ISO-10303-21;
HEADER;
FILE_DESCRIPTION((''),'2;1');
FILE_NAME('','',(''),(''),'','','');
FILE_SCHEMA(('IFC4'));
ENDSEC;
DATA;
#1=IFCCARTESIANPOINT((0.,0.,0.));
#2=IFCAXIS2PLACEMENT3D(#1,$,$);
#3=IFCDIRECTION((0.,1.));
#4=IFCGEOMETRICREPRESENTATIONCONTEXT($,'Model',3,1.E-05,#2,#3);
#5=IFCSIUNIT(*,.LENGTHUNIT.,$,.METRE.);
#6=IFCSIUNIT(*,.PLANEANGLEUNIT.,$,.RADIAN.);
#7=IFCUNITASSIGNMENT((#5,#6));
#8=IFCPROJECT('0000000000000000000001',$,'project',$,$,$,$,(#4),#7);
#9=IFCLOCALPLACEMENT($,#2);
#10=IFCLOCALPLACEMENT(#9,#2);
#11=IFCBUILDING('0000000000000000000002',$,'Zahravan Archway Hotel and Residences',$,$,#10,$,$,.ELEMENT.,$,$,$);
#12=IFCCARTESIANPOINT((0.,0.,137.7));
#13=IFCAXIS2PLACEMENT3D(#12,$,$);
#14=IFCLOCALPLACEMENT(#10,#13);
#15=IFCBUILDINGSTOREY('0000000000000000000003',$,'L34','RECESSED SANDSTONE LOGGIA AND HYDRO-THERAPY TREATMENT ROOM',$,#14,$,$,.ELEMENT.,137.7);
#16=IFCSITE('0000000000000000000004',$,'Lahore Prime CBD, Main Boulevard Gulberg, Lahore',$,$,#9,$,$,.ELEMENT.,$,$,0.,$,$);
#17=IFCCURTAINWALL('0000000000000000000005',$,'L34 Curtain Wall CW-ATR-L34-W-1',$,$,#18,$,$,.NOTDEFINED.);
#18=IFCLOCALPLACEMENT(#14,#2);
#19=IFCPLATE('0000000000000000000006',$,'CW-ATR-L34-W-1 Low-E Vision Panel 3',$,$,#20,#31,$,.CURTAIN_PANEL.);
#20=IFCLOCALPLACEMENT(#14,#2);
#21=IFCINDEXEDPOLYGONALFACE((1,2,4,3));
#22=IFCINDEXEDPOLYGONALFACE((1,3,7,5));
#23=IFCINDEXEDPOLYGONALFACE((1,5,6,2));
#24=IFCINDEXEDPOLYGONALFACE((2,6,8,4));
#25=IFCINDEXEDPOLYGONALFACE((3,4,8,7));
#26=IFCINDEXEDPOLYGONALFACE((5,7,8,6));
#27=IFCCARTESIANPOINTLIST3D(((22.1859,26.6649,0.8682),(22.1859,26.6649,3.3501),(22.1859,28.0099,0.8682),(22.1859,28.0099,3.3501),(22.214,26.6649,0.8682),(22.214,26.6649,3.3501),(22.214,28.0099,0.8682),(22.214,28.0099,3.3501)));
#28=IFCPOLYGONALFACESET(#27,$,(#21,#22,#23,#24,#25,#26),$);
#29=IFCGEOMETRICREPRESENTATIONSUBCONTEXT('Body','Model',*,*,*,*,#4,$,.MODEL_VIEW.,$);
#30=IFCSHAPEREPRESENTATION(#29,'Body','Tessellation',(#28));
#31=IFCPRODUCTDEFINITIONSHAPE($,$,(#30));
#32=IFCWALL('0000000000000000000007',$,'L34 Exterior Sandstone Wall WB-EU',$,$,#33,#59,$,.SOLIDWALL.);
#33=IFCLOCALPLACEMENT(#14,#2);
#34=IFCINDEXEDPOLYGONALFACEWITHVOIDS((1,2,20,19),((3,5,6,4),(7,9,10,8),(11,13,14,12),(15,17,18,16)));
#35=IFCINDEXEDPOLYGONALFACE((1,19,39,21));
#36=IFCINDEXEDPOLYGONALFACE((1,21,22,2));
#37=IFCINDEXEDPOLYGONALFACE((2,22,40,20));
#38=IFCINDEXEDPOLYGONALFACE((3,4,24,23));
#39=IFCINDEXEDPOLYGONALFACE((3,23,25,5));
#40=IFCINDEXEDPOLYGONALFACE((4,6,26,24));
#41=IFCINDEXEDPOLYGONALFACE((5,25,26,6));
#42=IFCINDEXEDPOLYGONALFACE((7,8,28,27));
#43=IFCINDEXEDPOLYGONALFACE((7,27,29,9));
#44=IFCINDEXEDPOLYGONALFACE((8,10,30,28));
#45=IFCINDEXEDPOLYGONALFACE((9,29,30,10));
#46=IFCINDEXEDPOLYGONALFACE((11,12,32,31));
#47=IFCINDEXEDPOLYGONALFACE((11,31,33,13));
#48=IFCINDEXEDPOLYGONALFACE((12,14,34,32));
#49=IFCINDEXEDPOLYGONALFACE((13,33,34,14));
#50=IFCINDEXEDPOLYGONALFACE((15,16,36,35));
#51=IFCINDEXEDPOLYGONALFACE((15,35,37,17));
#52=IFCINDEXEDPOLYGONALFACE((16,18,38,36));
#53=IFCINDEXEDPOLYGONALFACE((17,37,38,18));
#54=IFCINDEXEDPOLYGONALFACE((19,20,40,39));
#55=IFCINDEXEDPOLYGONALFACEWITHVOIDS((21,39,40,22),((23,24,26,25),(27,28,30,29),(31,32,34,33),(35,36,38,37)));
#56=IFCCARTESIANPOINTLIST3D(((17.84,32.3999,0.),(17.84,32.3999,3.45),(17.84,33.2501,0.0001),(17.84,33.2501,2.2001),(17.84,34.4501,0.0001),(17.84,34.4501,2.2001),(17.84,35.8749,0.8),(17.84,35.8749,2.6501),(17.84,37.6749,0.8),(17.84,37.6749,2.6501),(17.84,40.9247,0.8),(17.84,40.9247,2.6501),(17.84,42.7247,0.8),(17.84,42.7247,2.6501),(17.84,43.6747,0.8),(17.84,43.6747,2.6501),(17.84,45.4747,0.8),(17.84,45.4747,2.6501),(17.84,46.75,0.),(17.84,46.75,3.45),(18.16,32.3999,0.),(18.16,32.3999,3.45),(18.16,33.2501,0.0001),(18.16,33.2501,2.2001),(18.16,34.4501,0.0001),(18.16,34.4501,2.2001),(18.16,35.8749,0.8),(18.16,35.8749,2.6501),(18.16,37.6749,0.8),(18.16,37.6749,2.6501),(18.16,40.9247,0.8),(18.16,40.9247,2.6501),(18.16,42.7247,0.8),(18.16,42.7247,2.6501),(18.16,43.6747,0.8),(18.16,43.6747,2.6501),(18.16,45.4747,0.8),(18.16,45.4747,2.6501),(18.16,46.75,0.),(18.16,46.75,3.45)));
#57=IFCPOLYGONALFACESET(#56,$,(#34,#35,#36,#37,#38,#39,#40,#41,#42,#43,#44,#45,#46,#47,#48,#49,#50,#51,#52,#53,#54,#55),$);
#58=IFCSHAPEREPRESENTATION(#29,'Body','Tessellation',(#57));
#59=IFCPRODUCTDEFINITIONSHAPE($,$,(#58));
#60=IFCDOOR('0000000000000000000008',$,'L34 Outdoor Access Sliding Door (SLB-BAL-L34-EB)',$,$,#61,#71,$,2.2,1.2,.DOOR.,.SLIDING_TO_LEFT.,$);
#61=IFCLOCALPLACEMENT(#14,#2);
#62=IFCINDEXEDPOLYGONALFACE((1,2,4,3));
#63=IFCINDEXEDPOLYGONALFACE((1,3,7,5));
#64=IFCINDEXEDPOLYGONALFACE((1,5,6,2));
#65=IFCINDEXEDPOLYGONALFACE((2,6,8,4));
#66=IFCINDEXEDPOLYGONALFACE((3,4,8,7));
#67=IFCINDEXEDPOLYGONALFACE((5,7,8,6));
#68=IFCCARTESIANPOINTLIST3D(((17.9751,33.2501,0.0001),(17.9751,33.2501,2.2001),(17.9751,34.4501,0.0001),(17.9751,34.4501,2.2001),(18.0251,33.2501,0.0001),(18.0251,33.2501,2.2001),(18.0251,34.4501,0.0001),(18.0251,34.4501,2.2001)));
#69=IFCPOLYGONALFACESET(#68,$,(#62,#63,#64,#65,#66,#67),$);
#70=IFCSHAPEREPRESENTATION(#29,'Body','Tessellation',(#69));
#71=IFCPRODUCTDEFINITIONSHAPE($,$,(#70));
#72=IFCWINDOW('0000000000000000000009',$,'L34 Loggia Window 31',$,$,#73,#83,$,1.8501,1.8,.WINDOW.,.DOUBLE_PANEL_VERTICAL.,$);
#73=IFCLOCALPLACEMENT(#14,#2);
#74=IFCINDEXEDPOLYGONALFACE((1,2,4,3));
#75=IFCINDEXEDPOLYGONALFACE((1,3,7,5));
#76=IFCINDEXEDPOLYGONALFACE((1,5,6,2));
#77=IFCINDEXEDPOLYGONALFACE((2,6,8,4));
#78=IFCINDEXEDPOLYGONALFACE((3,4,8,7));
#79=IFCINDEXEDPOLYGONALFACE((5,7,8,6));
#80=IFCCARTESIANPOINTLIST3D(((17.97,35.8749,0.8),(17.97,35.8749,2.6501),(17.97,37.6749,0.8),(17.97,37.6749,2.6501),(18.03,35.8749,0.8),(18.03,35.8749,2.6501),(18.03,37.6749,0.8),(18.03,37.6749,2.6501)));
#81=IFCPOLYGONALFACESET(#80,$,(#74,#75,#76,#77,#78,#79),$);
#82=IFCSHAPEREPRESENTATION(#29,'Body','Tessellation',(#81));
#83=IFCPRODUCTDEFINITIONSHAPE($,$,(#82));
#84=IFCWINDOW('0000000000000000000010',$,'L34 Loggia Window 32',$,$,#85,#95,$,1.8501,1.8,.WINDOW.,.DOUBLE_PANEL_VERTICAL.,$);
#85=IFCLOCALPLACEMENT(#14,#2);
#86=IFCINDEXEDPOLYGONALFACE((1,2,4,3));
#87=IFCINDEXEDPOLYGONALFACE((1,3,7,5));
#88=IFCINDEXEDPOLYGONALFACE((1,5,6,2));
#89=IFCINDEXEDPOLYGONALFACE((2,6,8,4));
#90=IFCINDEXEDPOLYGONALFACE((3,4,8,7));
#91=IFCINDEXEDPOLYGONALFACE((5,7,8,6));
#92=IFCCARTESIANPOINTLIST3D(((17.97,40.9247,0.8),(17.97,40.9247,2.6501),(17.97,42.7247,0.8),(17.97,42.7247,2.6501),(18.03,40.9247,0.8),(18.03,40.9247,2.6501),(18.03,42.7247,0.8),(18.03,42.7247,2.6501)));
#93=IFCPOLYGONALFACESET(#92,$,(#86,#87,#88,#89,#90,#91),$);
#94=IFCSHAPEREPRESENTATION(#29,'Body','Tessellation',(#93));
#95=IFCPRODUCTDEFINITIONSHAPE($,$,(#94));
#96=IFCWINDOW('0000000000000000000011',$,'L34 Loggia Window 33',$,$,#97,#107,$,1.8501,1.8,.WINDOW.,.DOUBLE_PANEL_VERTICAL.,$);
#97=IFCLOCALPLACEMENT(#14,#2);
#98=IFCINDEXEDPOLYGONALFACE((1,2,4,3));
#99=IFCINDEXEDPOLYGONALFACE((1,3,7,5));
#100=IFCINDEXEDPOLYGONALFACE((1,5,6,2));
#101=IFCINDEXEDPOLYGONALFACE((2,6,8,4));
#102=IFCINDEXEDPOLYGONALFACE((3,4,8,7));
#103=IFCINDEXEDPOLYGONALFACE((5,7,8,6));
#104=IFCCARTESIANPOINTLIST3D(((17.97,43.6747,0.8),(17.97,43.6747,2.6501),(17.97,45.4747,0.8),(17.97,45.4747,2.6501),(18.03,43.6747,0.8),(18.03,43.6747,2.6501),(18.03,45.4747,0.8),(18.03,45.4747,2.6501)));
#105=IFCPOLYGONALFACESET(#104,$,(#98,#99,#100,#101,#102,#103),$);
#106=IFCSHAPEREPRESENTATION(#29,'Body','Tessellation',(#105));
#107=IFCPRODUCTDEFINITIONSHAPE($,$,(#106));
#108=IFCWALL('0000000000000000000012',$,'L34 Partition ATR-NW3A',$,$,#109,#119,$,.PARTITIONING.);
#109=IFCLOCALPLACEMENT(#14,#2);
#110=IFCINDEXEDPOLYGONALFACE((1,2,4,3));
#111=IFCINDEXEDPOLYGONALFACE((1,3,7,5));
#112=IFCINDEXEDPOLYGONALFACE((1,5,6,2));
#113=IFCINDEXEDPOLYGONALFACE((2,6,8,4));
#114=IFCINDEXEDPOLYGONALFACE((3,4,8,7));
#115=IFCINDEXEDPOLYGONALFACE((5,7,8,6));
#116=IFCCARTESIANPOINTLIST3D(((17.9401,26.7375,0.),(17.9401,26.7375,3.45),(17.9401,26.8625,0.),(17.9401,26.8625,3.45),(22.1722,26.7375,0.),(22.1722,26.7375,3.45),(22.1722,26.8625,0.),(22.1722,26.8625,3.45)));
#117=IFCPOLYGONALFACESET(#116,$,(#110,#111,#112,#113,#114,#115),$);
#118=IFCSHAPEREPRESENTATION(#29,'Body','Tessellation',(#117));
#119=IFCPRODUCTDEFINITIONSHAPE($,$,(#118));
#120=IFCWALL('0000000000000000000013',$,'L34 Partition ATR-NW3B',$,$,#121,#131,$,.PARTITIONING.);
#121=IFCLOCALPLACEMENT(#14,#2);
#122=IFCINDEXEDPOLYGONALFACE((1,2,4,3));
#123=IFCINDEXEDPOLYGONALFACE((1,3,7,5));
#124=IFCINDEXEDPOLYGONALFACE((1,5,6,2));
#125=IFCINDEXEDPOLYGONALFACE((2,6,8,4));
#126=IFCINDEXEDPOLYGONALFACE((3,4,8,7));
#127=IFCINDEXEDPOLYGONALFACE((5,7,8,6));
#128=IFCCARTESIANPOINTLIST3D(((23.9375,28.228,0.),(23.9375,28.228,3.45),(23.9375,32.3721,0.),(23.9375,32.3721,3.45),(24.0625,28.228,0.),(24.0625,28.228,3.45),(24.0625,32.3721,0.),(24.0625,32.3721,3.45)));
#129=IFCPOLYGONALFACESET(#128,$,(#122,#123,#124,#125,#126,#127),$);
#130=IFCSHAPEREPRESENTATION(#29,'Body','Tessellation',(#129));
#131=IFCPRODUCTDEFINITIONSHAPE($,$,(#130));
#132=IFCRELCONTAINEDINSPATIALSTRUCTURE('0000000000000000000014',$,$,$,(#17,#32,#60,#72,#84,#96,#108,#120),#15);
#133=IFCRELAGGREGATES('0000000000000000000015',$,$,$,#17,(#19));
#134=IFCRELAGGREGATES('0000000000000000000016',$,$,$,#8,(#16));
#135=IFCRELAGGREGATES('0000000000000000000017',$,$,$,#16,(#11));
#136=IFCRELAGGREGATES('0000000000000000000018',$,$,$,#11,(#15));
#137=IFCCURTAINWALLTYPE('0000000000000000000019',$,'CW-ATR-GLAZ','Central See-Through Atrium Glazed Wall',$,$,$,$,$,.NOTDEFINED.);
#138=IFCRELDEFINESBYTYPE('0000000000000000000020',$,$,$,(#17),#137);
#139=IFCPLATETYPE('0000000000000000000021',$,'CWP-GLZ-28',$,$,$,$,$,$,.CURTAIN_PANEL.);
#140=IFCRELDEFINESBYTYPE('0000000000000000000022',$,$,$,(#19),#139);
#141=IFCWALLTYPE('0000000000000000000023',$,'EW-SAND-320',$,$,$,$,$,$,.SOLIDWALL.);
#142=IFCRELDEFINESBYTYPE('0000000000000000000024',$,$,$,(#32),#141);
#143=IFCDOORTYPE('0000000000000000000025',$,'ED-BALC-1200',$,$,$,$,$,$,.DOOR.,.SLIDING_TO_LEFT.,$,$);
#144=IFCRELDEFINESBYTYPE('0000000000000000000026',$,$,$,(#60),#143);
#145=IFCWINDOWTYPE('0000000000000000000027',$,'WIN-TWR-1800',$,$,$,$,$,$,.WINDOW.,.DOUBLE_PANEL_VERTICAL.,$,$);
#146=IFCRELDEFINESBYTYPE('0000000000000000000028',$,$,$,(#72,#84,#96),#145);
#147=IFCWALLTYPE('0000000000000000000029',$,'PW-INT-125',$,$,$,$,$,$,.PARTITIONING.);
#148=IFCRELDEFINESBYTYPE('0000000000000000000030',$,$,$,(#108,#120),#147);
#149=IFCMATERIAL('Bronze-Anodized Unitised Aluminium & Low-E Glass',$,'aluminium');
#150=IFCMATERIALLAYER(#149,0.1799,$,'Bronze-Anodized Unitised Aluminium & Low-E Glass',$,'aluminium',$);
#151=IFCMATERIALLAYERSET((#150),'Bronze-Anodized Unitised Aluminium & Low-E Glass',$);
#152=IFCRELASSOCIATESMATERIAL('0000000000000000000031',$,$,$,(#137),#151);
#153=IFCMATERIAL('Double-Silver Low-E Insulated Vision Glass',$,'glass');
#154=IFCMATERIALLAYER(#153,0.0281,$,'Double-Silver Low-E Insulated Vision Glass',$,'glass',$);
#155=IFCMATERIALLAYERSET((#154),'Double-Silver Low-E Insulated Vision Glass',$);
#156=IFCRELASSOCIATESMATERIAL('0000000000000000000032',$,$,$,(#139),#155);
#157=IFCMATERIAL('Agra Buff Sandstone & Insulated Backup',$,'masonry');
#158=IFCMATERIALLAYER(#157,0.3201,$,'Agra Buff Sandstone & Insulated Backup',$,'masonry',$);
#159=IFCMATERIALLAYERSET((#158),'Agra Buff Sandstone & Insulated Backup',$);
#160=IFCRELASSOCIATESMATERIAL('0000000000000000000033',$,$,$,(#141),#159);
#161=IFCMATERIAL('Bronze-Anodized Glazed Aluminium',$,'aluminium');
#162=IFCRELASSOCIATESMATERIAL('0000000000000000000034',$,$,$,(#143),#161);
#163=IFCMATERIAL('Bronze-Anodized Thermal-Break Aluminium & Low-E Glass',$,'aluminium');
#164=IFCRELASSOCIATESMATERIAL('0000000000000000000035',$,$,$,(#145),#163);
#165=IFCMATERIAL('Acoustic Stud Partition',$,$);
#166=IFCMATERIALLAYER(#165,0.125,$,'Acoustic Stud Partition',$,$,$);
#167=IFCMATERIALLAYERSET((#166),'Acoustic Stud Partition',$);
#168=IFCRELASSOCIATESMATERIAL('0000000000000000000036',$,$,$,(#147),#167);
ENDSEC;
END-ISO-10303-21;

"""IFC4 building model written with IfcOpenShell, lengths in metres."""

from ifc_helpers import new_model, si_unit, direction, frame, frame_2d, origin, origin_2d, place, context, subcontext, project, spatial, rectangle, extrude, source, transform, mapped, material, layer, layer_set, type_object, type_shapes, element, fill, aggregate, save


model = new_model("IFC4")

# Units and contexts
model_context = context("Model", 3, precision=1e-05, world=origin(), true_north=direction((0.0, 1.0)))
body_context = subcontext(model_context, "Body", "Model", "MODEL_VIEW")
ifc_project = project(units=[si_unit("LENGTHUNIT", "METRE"), si_unit("PLANEANGLEUNIT", "RADIAN")], contexts=[model_context])

# Site, building, storey
site_placement = place(None, origin())
site = spatial("IfcSite", under=ifc_project, at=site_placement, Name="Lahore Prime CBD, Main Boulevard Gulberg, Lahore", CompositionType="ELEMENT", RefElevation=0.0)
building_placement = place(site_placement, origin())
building = spatial("IfcBuilding", under=site, at=building_placement, Name="Zahravan Archway Hotel and Residences", CompositionType="ELEMENT")
storey_placement = place(building_placement, frame((0.0, 0.0, 137.7)))
storey = spatial("IfcBuildingStorey", under=building, at=storey_placement, Name="L34", Description="RECESSED SANDSTONE LOGGIA AND HYDRO-THERAPY TREATMENT ROOM", CompositionType="ELEMENT", Elevation=137.7)

# Curtain wall
ifc_material_1 = material(Name="Bronze-Anodized Unitised Aluminium & Low-E Glass", Category="aluminium")
ifc_layer_1 = layer(ifc_material_1, 0.1799, Name="Bronze-Anodized Unitised Aluminium & Low-E Glass", Category="aluminium")
ifc_layer_set_1 = layer_set([ifc_layer_1], Name="Bronze-Anodized Unitised Aluminium & Low-E Glass")
curtain_wall_type = type_object("IfcCurtainWallType", Name="CW-ATR-GLAZ", Description="Central See-Through Atrium Glazed Wall", PredefinedType="NOTDEFINED", material=ifc_layer_set_1)
curtain_wall_1_placement = place(storey_placement, origin())
curtain_wall_1 = element("IfcCurtainWall", 1, at=curtain_wall_1_placement, inside=storey, type_object=curtain_wall_type, Name="L34 Curtain Wall CW-ATR-L34-W-1", PredefinedType="NOTDEFINED")

# Plate
ifc_material_2 = material(Name="Double-Silver Low-E Insulated Vision Glass", Category="glass")
ifc_layer_2 = layer(ifc_material_2, 0.0281, Name="Double-Silver Low-E Insulated Vision Glass", Category="glass")
ifc_layer_set_2 = layer_set([ifc_layer_2], Name="Double-Silver Low-E Insulated Vision Glass")
plate_type_1 = type_object("IfcPlateType", Name="CWP-GLZ-28", PredefinedType="CURTAIN_PANEL", material=ifc_layer_set_2)
shared_shape_1 = source(origin(), body_context, "Body", "SweptSolid", [
    extrude(rectangle(XDim=1.345, YDim=0.0281, at=origin_2d()), origin(), (0.0, 0.0, 1.0), 2.4819),
])
plate_1_placement = place(storey_placement, frame((22.2, 27.3374, 0.8682), z_axis=(0.0, 0.0, 1.0), x_axis=(0.0, 1.0, 0.0)))
plate_1 = element("IfcPlate", 2, at=plate_1_placement, type_object=plate_type_1, Name="CW-ATR-L34-W-1 Low-E Vision Panel 3", PredefinedType="CURTAIN_PANEL", context=body_context, shape_type="MappedRepresentation", body=[
    mapped(shared_shape_1, transform((0.0, 0.0, 0.0), scale=1.0)),
])
aggregate(curtain_wall_1, [plate_1])

# Wall, openings, door, windows
ifc_material_3 = material(Name="Agra Buff Sandstone & Insulated Backup", Category="masonry")
ifc_layer_3 = layer(ifc_material_3, 0.3201, Name="Agra Buff Sandstone & Insulated Backup", Category="masonry")
ifc_layer_set_3 = layer_set([ifc_layer_3], Name="Agra Buff Sandstone & Insulated Backup")
wall_type_1 = type_object("IfcWallType", Name="EW-SAND-320", PredefinedType="SOLIDWALL", material=ifc_layer_set_3)
wall_1_placement = place(storey_placement, frame((18.0, 32.3999, 0.0), z_axis=(0.0, 0.0, 1.0), x_axis=(0.0, 1.0, 0.0)))
wall_1 = element("IfcWall", 3, at=wall_1_placement, inside=storey, type_object=wall_type_1, Name="L34 Exterior Sandstone Wall WB-EU", PredefinedType="SOLIDWALL", context=body_context, shape_type="SweptSolid", body=[
    extrude(rectangle(XDim=14.3501, YDim=0.3201, at=frame_2d((7.175, 0.0))), origin(), (0.0, 0.0, 1.0), 3.45),
])
opening_1_placement = place(wall_1_placement, frame((0.8501, 0.0, 0.0)))
opening_1 = element("IfcOpeningElement", 4, at=opening_1_placement, cuts=wall_1, PredefinedType="OPENING", context=body_context, shape_type="SweptSolid", body=[
    extrude(rectangle(XDim=1.2, YDim=2.2, at=frame_2d((0.6001, 1.1001))), frame((0.0, 0.1699, 0.0), z_axis=(0.0, -1.0, 0.0), x_axis=(1.0, 0.0, 0.0)), (0.0, 0.0, 1.0), 0.3401),
])
opening_2_placement = place(wall_1_placement, frame((3.4751, 0.0, 0.8)))
opening_2 = element("IfcOpeningElement", 5, at=opening_2_placement, cuts=wall_1, PredefinedType="OPENING", context=body_context, shape_type="SweptSolid", body=[
    extrude(rectangle(XDim=1.8, YDim=1.8501, at=frame_2d((0.8999, 0.925))), frame((0.0, 0.1699, 0.0), z_axis=(0.0, -1.0, 0.0), x_axis=(1.0, 0.0, 0.0)), (0.0, 0.0, 1.0), 0.3401),
])
opening_3_placement = place(wall_1_placement, frame((8.5249, 0.0, 0.8)))
opening_3 = element("IfcOpeningElement", 6, at=opening_3_placement, cuts=wall_1, PredefinedType="OPENING", context=body_context, shape_type="SweptSolid", body=[
    extrude(rectangle(XDim=1.8, YDim=1.8501, at=frame_2d((0.8999, 0.925))), frame((0.0, 0.1699, 0.0), z_axis=(0.0, -1.0, 0.0), x_axis=(1.0, 0.0, 0.0)), (0.0, 0.0, 1.0), 0.3401),
])
opening_4_placement = place(wall_1_placement, frame((11.2749, 0.0, 0.8)))
opening_4 = element("IfcOpeningElement", 7, at=opening_4_placement, cuts=wall_1, PredefinedType="OPENING", context=body_context, shape_type="SweptSolid", body=[
    extrude(rectangle(XDim=1.8, YDim=1.8501, at=frame_2d((0.8999, 0.925))), frame((0.0, 0.1699, 0.0), z_axis=(0.0, -1.0, 0.0), x_axis=(1.0, 0.0, 0.0)), (0.0, 0.0, 1.0), 0.3401),
])
ifc_material_4 = material(Name="Bronze-Anodized Glazed Aluminium", Category="aluminium")
door_type = type_object("IfcDoorType", Name="ED-BALC-1200", OperationType="SLIDING_TO_LEFT", PredefinedType="DOOR", material=ifc_material_4)
shared_shape_2 = source(origin(), body_context, "Body", "SweptSolid", [
    extrude(rectangle(XDim=1.2, YDim=2.2, at=frame_2d((0.6001, 1.1001))), frame((0.0, 0.0249, 0.0), z_axis=(0.0, -1.0, 0.0), x_axis=(1.0, 0.0, 0.0)), (0.0, 0.0, 1.0), 0.05),
])
type_shapes(door_type, [shared_shape_2])
door_placement = place(opening_1_placement, origin())
door = element("IfcDoor", 8, at=door_placement, inside=storey, type_object=door_type, Name="L34 Outdoor Access Sliding Door (SLB-BAL-L34-EB)", OperationType="SLIDING_TO_LEFT", OverallHeight=2.2, OverallWidth=1.2, PredefinedType="DOOR", context=body_context, shape_type="MappedRepresentation", body=[
    mapped(shared_shape_2, transform((0.0, 0.0, 0.0), scale=1.0)),
])
fill(opening_1, door)
ifc_material_5 = material(Name="Bronze-Anodized Thermal-Break Aluminium & Low-E Glass", Category="aluminium")
window_type = type_object("IfcWindowType", Name="WIN-TWR-1800", PartitioningType="DOUBLE_PANEL_VERTICAL", PredefinedType="WINDOW", material=ifc_material_5)
shared_shape_3 = source(origin(), body_context, "Body", "SweptSolid", [
    extrude(rectangle(XDim=1.8, YDim=1.8501, at=frame_2d((0.8999, 0.925))), frame((0.0, 0.03, 0.0), z_axis=(0.0, -1.0, 0.0), x_axis=(1.0, 0.0, 0.0)), (0.0, 0.0, 1.0), 0.0601),
])
type_shapes(window_type, [shared_shape_3])
window_1_placement = place(opening_2_placement, origin())
window_1 = element("IfcWindow", 9, at=window_1_placement, inside=storey, type_object=window_type, Name="L34 Loggia Window 31", OverallHeight=1.8501, OverallWidth=1.8, PartitioningType="DOUBLE_PANEL_VERTICAL", PredefinedType="WINDOW", context=body_context, shape_type="MappedRepresentation", body=[
    mapped(shared_shape_3, transform((0.0, 0.0, 0.0), scale=1.0)),
])
fill(opening_2, window_1)
window_2_placement = place(opening_3_placement, origin())
window_2 = element("IfcWindow", 10, at=window_2_placement, inside=storey, type_object=window_type, Name="L34 Loggia Window 32", OverallHeight=1.8501, OverallWidth=1.8, PartitioningType="DOUBLE_PANEL_VERTICAL", PredefinedType="WINDOW", context=body_context, shape_type="MappedRepresentation", body=[
    mapped(shared_shape_3, transform((0.0, 0.0, 0.0), scale=1.0)),
])
fill(opening_3, window_2)
window_3_placement = place(opening_4_placement, origin())
window_3 = element("IfcWindow", 11, at=window_3_placement, inside=storey, type_object=window_type, Name="L34 Loggia Window 33", OverallHeight=1.8501, OverallWidth=1.8, PartitioningType="DOUBLE_PANEL_VERTICAL", PredefinedType="WINDOW", context=body_context, shape_type="MappedRepresentation", body=[
    mapped(shared_shape_3, transform((0.0, 0.0, 0.0), scale=1.0)),
])
fill(opening_4, window_3)

# Walls
ifc_material_6 = material(Name="Acoustic Stud Partition")
ifc_layer_4 = layer(ifc_material_6, 0.125, Name="Acoustic Stud Partition")
ifc_layer_set_4 = layer_set([ifc_layer_4], Name="Acoustic Stud Partition")
wall_type_2 = type_object("IfcWallType", Name="PW-INT-125", PredefinedType="PARTITIONING", material=ifc_layer_set_4)
wall_2_placement = place(storey_placement, frame((17.9399, 26.8, 0.0), z_axis=(0.0, 0.0, 1.0), x_axis=(1.0, 0.0, 0.0)))
element("IfcWall", 12, at=wall_2_placement, inside=storey, type_object=wall_type_2, Name="L34 Partition ATR-NW3A", PredefinedType="PARTITIONING", context=body_context, shape_type="SweptSolid", body=[
    extrude(rectangle(XDim=4.2322, YDim=0.125, at=frame_2d((2.1162, 0.0))), origin(), (0.0, 0.0, 1.0), 3.45),
])
wall_3_placement = place(storey_placement, frame((24.0, 28.228, 0.0), z_axis=(0.0, 0.0, 1.0), x_axis=(0.0, 1.0, 0.0)))
element("IfcWall", 13, at=wall_3_placement, inside=storey, type_object=wall_type_2, Name="L34 Partition ATR-NW3B", PredefinedType="PARTITIONING", context=body_context, shape_type="SweptSolid", body=[
    extrude(rectangle(XDim=4.144, YDim=0.125, at=frame_2d((2.072, 0.0))), origin(), (0.0, 0.0, 1.0), 3.45),
])

save(model, "model.ifc")
